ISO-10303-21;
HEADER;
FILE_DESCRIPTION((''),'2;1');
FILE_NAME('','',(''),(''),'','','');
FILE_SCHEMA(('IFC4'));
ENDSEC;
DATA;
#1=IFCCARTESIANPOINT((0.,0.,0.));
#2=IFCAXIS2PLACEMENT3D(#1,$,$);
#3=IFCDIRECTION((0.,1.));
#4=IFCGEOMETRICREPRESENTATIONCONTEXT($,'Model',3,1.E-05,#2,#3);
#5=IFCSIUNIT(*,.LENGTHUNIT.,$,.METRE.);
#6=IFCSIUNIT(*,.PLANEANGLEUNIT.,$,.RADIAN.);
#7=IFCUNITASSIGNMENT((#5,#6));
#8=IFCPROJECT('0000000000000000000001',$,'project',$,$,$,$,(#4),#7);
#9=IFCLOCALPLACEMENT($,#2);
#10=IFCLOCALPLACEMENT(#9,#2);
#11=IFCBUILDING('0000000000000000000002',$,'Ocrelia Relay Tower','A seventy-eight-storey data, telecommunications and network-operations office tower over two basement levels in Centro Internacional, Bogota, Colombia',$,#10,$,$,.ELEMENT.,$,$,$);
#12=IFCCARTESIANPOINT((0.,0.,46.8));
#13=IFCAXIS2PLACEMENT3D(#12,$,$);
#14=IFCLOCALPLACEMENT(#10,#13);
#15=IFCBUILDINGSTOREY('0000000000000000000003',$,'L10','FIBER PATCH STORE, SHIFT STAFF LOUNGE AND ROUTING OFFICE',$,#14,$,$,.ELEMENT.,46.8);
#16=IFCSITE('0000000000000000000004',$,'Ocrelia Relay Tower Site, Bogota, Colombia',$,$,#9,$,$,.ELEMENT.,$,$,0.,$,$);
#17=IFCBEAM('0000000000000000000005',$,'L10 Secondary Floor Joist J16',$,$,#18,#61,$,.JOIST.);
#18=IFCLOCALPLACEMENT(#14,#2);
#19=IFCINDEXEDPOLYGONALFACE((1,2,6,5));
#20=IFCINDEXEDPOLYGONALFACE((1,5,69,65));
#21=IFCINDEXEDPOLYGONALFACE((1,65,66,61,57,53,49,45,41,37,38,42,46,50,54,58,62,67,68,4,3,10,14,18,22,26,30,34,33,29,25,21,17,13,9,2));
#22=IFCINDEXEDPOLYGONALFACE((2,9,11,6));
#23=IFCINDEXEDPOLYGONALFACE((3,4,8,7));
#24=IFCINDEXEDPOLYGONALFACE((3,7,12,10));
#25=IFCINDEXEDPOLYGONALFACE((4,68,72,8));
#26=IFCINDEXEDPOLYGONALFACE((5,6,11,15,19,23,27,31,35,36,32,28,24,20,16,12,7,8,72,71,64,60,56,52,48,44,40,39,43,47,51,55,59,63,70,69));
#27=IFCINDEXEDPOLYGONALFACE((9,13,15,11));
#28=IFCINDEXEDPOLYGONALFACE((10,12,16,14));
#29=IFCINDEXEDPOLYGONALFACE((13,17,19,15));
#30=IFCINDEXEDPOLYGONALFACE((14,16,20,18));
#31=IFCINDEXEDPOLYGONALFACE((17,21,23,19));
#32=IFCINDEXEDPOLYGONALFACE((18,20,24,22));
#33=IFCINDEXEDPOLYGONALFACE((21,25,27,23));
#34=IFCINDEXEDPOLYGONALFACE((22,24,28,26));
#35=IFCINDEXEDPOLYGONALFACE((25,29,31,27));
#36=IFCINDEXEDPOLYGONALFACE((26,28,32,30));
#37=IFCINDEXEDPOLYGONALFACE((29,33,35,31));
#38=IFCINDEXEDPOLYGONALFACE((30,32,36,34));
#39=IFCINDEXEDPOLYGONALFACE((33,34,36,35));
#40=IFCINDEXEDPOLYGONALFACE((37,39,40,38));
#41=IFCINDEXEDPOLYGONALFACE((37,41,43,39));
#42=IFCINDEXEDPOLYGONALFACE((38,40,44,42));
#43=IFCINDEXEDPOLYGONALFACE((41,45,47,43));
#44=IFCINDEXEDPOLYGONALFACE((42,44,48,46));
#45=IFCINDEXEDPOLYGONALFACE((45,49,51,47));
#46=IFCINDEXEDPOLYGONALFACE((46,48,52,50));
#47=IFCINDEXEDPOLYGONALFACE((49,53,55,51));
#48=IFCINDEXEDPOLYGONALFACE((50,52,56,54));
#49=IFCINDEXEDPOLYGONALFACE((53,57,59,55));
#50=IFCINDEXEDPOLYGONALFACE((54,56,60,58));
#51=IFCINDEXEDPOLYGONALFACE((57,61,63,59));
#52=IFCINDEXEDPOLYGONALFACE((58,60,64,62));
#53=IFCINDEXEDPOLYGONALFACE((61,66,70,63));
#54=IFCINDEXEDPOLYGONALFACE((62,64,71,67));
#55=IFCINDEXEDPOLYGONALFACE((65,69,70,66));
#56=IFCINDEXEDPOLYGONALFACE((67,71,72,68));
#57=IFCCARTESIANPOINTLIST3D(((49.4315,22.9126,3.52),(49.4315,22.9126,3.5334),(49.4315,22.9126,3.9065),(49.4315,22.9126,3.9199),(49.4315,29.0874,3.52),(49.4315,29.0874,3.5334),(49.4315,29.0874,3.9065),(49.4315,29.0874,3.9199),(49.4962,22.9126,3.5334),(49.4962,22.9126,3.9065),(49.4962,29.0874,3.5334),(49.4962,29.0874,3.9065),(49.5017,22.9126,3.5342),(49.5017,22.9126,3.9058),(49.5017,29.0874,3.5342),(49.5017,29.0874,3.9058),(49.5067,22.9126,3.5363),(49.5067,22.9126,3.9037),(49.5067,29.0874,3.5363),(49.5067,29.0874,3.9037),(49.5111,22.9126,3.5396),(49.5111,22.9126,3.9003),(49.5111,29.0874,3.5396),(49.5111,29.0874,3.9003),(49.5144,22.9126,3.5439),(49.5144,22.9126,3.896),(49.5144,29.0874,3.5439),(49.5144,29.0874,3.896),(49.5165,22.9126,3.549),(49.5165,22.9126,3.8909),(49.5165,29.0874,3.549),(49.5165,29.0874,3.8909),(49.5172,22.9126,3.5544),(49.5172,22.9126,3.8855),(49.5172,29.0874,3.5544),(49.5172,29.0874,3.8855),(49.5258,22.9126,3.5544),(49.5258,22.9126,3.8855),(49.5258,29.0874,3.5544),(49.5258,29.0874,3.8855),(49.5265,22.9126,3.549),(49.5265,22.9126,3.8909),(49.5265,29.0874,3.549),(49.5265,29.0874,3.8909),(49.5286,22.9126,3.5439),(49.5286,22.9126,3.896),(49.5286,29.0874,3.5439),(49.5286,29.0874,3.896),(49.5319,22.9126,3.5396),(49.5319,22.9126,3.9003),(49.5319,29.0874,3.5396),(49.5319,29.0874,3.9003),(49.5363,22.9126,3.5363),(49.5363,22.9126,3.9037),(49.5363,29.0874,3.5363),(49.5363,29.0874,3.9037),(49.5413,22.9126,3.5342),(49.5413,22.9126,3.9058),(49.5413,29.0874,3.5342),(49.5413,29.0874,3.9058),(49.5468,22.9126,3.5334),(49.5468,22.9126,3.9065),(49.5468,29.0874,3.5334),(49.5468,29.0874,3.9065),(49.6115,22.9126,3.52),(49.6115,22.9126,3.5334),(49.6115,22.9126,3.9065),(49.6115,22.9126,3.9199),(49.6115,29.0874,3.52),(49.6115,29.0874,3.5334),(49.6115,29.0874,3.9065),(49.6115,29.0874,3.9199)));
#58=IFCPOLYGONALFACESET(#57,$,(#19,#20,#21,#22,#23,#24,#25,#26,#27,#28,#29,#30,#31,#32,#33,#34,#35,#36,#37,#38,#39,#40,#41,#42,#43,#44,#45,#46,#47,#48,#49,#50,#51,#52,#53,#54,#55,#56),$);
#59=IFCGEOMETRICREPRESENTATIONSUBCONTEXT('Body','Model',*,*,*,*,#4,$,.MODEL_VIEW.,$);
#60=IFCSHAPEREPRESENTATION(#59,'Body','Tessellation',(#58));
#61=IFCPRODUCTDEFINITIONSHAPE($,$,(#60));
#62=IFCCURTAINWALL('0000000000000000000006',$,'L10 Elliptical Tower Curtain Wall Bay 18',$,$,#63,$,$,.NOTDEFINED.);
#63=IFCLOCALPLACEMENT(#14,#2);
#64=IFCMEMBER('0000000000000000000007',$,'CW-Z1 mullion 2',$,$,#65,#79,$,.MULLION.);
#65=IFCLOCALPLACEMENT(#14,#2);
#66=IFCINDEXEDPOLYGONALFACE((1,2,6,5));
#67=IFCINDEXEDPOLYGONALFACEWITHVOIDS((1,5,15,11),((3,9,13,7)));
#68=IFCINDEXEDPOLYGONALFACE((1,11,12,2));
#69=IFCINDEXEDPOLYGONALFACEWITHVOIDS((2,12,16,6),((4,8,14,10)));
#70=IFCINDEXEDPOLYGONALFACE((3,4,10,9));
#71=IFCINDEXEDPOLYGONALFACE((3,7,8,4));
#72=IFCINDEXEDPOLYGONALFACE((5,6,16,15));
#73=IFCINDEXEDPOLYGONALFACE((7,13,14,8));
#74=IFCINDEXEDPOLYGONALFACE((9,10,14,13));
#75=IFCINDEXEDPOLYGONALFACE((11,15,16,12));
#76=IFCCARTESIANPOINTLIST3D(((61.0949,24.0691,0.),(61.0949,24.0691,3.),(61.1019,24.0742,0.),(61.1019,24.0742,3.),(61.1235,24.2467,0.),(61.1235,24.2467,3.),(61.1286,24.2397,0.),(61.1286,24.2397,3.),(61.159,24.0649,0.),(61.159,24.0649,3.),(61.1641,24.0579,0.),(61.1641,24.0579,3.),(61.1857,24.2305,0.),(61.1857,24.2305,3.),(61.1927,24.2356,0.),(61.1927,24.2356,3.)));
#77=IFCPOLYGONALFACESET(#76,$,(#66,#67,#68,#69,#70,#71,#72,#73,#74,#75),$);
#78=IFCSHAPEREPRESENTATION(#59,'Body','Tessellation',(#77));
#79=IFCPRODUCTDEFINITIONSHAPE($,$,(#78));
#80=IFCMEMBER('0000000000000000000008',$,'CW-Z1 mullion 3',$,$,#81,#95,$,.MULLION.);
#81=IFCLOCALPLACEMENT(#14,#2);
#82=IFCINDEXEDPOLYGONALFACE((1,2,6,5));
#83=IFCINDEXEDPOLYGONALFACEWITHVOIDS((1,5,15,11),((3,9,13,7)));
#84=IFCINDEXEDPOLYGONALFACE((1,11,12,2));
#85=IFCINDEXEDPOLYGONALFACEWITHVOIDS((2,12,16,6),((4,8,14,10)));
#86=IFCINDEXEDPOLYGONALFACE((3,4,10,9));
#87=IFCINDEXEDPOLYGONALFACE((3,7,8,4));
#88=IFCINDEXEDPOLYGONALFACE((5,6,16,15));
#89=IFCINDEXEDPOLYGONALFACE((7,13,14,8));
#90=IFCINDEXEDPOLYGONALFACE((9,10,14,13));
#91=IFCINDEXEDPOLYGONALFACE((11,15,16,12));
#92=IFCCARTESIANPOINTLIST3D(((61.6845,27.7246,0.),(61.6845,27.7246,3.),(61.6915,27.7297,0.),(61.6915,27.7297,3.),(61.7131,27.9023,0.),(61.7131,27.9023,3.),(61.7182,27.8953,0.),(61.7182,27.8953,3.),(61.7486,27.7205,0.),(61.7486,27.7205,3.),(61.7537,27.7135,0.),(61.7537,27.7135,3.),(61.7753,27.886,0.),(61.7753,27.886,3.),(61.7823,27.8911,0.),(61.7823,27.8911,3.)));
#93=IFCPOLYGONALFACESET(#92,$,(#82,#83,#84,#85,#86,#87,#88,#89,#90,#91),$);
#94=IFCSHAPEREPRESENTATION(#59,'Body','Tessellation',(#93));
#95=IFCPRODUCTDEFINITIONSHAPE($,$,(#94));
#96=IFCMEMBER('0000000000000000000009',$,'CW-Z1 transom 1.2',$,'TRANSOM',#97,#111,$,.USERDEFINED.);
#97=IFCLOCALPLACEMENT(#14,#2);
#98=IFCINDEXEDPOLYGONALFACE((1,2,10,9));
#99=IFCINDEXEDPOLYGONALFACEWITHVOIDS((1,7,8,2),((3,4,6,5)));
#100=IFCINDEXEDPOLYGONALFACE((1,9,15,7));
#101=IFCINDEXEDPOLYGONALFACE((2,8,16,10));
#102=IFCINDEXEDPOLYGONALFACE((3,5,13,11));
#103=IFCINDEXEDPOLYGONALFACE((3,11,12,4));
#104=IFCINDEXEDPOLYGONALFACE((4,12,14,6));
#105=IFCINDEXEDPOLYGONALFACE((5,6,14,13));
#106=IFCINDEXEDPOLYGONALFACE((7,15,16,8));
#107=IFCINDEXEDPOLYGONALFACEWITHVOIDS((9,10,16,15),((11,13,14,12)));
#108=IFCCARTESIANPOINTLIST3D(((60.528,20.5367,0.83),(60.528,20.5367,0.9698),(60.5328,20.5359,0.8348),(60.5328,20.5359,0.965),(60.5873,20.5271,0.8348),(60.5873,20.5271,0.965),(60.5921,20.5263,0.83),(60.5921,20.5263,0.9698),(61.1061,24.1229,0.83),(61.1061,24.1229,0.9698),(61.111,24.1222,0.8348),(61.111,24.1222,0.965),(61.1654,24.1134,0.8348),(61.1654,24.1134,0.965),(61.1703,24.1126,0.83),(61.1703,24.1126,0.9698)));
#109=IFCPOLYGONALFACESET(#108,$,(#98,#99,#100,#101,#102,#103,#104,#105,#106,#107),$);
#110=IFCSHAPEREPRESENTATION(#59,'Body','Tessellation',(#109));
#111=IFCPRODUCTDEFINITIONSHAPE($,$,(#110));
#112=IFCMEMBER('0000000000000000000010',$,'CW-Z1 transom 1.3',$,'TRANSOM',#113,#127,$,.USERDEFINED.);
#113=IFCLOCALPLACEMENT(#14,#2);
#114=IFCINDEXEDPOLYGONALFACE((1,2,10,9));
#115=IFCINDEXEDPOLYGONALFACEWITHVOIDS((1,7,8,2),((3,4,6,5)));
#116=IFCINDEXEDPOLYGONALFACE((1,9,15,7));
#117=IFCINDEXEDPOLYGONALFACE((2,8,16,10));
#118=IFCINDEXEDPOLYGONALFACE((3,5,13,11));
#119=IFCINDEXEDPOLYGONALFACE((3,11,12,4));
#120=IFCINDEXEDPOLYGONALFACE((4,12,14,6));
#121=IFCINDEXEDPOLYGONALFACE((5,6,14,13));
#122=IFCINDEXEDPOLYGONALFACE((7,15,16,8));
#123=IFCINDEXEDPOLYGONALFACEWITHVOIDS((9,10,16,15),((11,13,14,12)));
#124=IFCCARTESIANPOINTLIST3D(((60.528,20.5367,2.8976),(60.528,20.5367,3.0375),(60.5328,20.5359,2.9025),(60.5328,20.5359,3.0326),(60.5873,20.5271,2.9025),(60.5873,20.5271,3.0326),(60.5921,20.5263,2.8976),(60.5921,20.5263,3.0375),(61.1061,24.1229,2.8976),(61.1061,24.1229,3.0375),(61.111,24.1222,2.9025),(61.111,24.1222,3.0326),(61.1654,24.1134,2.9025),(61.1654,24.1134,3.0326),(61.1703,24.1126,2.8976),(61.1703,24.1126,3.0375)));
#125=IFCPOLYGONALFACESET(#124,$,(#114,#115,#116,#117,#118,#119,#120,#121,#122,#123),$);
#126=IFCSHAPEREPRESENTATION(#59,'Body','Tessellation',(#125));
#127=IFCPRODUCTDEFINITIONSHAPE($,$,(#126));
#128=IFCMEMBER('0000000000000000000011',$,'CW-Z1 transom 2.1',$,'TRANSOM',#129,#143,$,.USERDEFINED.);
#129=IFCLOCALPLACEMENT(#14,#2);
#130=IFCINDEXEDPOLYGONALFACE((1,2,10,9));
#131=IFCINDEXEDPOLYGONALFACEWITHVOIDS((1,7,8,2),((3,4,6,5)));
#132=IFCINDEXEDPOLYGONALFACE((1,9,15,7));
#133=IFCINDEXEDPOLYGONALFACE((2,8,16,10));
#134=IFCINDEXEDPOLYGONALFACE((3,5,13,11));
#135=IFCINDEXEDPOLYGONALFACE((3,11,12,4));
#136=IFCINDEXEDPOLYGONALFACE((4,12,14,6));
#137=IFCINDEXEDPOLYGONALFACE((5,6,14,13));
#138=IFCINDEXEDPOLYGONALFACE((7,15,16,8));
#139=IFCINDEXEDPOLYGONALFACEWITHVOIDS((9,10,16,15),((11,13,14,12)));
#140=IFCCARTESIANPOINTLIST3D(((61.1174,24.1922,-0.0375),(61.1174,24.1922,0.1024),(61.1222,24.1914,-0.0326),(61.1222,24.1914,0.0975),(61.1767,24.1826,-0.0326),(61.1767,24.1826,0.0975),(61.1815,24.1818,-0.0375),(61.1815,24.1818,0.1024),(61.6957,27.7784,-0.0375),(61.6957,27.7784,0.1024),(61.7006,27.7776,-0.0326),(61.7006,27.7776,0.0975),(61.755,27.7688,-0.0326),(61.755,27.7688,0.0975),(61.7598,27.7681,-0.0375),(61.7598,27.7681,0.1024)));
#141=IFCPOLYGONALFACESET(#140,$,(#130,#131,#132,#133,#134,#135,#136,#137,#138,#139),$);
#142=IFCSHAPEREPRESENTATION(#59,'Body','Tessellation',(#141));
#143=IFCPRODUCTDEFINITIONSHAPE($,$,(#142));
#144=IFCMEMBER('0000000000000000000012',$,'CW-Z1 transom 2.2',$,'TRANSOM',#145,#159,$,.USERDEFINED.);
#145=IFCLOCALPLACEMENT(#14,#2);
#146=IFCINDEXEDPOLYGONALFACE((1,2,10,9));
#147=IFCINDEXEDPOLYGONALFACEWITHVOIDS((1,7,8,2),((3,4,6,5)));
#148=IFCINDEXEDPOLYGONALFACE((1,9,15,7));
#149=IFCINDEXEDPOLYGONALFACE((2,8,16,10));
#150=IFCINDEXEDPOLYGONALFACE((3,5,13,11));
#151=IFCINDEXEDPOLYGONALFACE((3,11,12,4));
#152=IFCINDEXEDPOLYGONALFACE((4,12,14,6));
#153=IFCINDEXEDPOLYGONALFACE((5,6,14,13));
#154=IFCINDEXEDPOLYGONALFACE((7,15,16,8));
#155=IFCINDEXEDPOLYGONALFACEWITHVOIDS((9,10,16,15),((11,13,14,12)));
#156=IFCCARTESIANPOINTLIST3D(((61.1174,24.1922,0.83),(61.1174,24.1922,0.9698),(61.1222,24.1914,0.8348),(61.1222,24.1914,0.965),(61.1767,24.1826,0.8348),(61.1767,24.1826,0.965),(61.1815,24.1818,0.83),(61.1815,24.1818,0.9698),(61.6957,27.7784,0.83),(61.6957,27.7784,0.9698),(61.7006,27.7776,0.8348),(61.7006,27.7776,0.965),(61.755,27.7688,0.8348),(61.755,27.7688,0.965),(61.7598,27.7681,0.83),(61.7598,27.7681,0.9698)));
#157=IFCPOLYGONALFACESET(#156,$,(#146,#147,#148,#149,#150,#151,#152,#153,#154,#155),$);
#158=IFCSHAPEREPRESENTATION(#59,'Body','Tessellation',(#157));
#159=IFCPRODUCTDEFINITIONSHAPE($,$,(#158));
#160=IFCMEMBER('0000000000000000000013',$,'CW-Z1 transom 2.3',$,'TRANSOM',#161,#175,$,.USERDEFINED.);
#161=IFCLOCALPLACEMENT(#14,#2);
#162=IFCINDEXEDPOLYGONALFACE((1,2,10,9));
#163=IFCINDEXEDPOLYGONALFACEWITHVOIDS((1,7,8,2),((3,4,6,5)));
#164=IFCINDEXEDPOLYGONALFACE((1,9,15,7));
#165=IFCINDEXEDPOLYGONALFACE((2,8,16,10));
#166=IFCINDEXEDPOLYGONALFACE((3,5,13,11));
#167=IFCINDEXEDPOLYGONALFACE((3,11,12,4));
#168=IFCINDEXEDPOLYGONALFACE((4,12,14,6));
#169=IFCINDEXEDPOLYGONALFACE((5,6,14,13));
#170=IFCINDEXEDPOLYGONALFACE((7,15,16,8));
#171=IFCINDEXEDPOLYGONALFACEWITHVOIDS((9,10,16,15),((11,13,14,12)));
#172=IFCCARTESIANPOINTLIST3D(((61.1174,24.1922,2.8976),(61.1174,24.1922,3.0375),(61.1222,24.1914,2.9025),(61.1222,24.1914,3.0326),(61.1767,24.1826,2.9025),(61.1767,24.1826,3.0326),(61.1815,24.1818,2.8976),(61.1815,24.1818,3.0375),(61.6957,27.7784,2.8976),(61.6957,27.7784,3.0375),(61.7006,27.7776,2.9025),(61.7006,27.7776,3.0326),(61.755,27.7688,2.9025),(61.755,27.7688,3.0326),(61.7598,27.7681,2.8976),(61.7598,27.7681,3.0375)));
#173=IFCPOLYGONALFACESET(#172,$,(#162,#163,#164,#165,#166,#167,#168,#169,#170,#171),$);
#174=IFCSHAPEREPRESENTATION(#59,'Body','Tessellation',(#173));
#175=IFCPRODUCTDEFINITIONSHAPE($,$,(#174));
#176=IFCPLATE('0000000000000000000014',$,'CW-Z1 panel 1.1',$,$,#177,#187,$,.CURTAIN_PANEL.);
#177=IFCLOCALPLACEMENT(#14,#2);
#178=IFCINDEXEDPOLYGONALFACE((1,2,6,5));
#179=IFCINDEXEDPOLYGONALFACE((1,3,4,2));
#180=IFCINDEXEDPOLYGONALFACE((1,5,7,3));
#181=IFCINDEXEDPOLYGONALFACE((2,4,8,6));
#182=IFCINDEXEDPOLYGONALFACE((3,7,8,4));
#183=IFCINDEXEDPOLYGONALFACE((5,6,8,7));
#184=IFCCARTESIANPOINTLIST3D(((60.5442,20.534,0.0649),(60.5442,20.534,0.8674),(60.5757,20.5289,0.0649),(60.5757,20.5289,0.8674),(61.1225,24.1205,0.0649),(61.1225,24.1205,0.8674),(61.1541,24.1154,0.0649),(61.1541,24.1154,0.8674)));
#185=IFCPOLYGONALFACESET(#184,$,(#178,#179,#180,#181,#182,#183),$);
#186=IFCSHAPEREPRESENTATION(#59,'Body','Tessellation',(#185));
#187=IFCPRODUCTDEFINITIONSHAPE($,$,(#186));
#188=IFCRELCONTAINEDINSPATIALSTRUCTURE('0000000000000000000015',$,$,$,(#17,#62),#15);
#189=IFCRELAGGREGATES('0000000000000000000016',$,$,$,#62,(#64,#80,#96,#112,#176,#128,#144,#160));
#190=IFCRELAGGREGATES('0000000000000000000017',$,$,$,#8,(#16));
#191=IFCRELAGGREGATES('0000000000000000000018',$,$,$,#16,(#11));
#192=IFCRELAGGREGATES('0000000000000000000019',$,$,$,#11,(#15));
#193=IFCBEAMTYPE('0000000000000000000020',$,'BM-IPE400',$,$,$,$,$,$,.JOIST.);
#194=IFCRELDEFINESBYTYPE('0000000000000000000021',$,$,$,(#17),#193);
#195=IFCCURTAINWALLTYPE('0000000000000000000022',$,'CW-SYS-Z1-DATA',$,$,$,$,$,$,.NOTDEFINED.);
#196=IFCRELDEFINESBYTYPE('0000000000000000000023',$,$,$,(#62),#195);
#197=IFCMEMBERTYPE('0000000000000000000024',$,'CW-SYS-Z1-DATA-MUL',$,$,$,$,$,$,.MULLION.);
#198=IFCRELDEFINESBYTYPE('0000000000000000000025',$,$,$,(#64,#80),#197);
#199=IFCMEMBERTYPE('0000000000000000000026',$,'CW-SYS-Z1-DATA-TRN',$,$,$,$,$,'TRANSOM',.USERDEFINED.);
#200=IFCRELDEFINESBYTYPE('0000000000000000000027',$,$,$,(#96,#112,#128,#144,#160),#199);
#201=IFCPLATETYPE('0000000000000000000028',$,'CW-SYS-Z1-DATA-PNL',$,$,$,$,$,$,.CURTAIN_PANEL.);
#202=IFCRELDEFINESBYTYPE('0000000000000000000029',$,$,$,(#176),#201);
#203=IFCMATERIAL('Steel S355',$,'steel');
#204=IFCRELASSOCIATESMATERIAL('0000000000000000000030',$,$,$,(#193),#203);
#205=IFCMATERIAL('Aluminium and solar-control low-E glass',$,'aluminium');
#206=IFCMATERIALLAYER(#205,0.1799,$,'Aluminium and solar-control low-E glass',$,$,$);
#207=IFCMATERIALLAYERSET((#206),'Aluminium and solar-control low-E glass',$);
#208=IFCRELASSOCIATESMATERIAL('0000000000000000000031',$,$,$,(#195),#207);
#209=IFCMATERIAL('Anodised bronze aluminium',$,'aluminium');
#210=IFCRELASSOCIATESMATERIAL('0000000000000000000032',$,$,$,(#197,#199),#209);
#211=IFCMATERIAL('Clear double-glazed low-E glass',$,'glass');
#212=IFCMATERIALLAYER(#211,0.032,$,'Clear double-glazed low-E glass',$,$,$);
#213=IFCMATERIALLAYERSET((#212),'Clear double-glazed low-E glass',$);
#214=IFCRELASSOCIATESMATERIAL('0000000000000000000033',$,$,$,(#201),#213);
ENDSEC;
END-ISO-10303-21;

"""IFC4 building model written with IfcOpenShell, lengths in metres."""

from ifc_helpers import new_model, si_unit, direction, frame, origin, origin_2d, place, context, subcontext, project, spatial, rectangle, hollow_rectangle, i_section, extrude, material, layer, layer_set, material_profile, profile_set, type_object, element, aggregate, save


model = new_model("IFC4")

# Units and contexts
model_context = context("Model", 3, precision=1e-05, world=origin(), true_north=direction((0.0, 1.0)))
body_context = subcontext(model_context, "Body", "Model", "MODEL_VIEW")
ifc_project = project(units=[si_unit("LENGTHUNIT", "METRE"), si_unit("PLANEANGLEUNIT", "RADIAN")], contexts=[model_context])

# Site, building, storey
site_placement = place(None, origin())
site = spatial("IfcSite", under=ifc_project, at=site_placement, Name="Ocrelia Relay Tower Site, Bogota, Colombia", CompositionType="ELEMENT", RefElevation=0.0)
building_placement = place(site_placement, origin())
building = spatial("IfcBuilding", under=site, at=building_placement, Name="Ocrelia Relay Tower", Description="A seventy-eight-storey data, telecommunications and network-operations office tower over two basement levels in Centro Internacional, Bogota, Colombia", CompositionType="ELEMENT")
storey_placement = place(building_placement, frame((0.0, 0.0, 46.8)))
storey = spatial("IfcBuildingStorey", under=building, at=storey_placement, Name="L10", Description="FIBER PATCH STORE, SHIFT STAFF LOUNGE AND ROUTING OFFICE", CompositionType="ELEMENT", Elevation=46.8)

# Beam
ifc_material_1 = material(Name="Steel S355", Category="steel")
ifc_material_profile_1 = material_profile(ifc_material_1, i_section(OverallWidth=0.1799, OverallDepth=0.3999, WebThickness=0.0085, FlangeThickness=0.0134, FilletRadius=0.021, at=origin_2d()), Name="IPE 400")
ifc_profile_set_1 = profile_set([ifc_material_profile_1], Name="Steel S355")
beam_type_1 = type_object("IfcBeamType", Name="BM-IPE400", PredefinedType="JOIST", material=ifc_profile_set_1)
beam_1_placement = place(storey_placement, frame((49.5215, 22.9126, 3.72), z_axis=(0.0, 1.0, 0.0), x_axis=(-1.0, 0.0, 0.0)))
element("IfcBeam", 1, at=beam_1_placement, inside=storey, type_object=beam_type_1, Name="L10 Secondary Floor Joist J16", PredefinedType="JOIST", context=body_context, shape_type="SweptSolid", body=[
    extrude(i_section(OverallWidth=0.1799, OverallDepth=0.3999, WebThickness=0.0085, FlangeThickness=0.0134, FilletRadius=0.021, at=origin_2d()), origin(), (0.0, 0.0, 1.0), 6.1748),
])

# Curtain wall, members, plate
ifc_material_2 = material(Name="Aluminium and solar-control low-E glass", Category="aluminium")
ifc_layer_1 = layer(ifc_material_2, 0.1799, Name="Aluminium and solar-control low-E glass")
ifc_layer_set_1 = layer_set([ifc_layer_1], Name="Aluminium and solar-control low-E glass")
curtain_wall_type = type_object("IfcCurtainWallType", Name="CW-SYS-Z1-DATA", PredefinedType="NOTDEFINED", material=ifc_layer_set_1)
curtain_wall_placement = place(storey_placement, origin())
curtain_wall = element("IfcCurtainWall", 2, at=curtain_wall_placement, inside=storey, type_object=curtain_wall_type, Name="L10 Elliptical Tower Curtain Wall Bay 18", PredefinedType="NOTDEFINED")
ifc_material_3 = material(Name="Anodised bronze aluminium", Category="aluminium")
ifc_material_profile_2 = material_profile(ifc_material_3, hollow_rectangle(XDim=0.0701, YDim=0.1799, WallThickness=0.0061, at=origin_2d()), Name="CW-MUL-180x70")
ifc_profile_set_2 = profile_set([ifc_material_profile_2], Name="Anodised bronze aluminium")
member_type_1 = type_object("IfcMemberType", Name="CW-SYS-Z1-DATA-MUL", PredefinedType="MULLION", material=ifc_profile_set_2)
member_1_placement = place(storey_placement, frame((61.1438, 24.1523, 0.0), z_axis=(0.0, 0.0, 1.0), x_axis=(-0.987246, 0.159201, 0.0)))
member_1 = element("IfcMember", 3, at=member_1_placement, type_object=member_type_1, Name="CW-Z1 mullion 2", PredefinedType="MULLION", context=body_context, shape_type="SweptSolid", body=[
    extrude(hollow_rectangle(XDim=0.0701, YDim=0.1799, WallThickness=0.0061, at=origin_2d()), origin(), (0.0, 0.0, 1.0), 3.0),
])
member_2_placement = place(storey_placement, frame((61.7334, 27.8079, 0.0), z_axis=(0.0, 0.0, 1.0), x_axis=(-0.987246, 0.159201, 0.0)))
member_2 = element("IfcMember", 4, at=member_2_placement, type_object=member_type_1, Name="CW-Z1 mullion 3", PredefinedType="MULLION", context=body_context, shape_type="SweptSolid", body=[
    extrude(hollow_rectangle(XDim=0.0701, YDim=0.1799, WallThickness=0.0061, at=origin_2d()), origin(), (0.0, 0.0, 1.0), 3.0),
])
ifc_material_profile_3 = material_profile(ifc_material_3, hollow_rectangle(XDim=0.0649, YDim=0.1399, WallThickness=0.0049, at=origin_2d()), Name="CW-TRN-140x65")
ifc_profile_set_3 = profile_set([ifc_material_profile_3], Name="Anodised bronze aluminium")
member_type_2 = type_object("IfcMemberType", Name="CW-SYS-Z1-DATA-TRN", ElementType="TRANSOM", PredefinedType="USERDEFINED", material=ifc_profile_set_3)
member_3_placement = place(storey_placement, frame((60.5601, 20.5315, 0.8999), z_axis=(0.159154, 0.987254, 0.0), x_axis=(-0.987254, 0.159154, 0.0)))
member_3 = element("IfcMember", 5, at=member_3_placement, type_object=member_type_2, Name="CW-Z1 transom 1.2", ObjectType="TRANSOM", PredefinedType="USERDEFINED", context=body_context, shape_type="SweptSolid", body=[
    extrude(hollow_rectangle(XDim=0.0649, YDim=0.1399, WallThickness=0.0049, at=origin_2d()), origin(), (0.0, 0.0, 1.0), 3.6326),
])
member_4_placement = place(storey_placement, frame((60.5601, 20.5315, 2.9675), z_axis=(0.159154, 0.987254, 0.0), x_axis=(-0.987254, 0.159154, 0.0)))
member_4 = element("IfcMember", 6, at=member_4_placement, type_object=member_type_2, Name="CW-Z1 transom 1.3", ObjectType="TRANSOM", PredefinedType="USERDEFINED", context=body_context, shape_type="SweptSolid", body=[
    extrude(hollow_rectangle(XDim=0.0649, YDim=0.1399, WallThickness=0.0049, at=origin_2d()), origin(), (0.0, 0.0, 1.0), 3.6326),
])
member_5_placement = place(storey_placement, frame((61.1494, 24.187, 0.0325), z_axis=(0.15922, 0.987243, 0.0), x_axis=(-0.987243, 0.15922, 0.0)))
member_5 = element("IfcMember", 7, at=member_5_placement, type_object=member_type_2, Name="CW-Z1 transom 2.1", ObjectType="TRANSOM", PredefinedType="USERDEFINED", context=body_context, shape_type="SweptSolid", body=[
    extrude(hollow_rectangle(XDim=0.0649, YDim=0.1399, WallThickness=0.0049, at=origin_2d()), origin(), (0.0, 0.0, 1.0), 3.6326),
])
member_6_placement = place(storey_placement, frame((61.1494, 24.187, 0.8999), z_axis=(0.15922, 0.987243, 0.0), x_axis=(-0.987243, 0.15922, 0.0)))
member_6 = element("IfcMember", 8, at=member_6_placement, type_object=member_type_2, Name="CW-Z1 transom 2.2", ObjectType="TRANSOM", PredefinedType="USERDEFINED", context=body_context, shape_type="SweptSolid", body=[
    extrude(hollow_rectangle(XDim=0.0649, YDim=0.1399, WallThickness=0.0049, at=origin_2d()), origin(), (0.0, 0.0, 1.0), 3.6326),
])
member_7_placement = place(storey_placement, frame((61.1494, 24.187, 2.9675), z_axis=(0.15922, 0.987243, 0.0), x_axis=(-0.987243, 0.15922, 0.0)))
member_7 = element("IfcMember", 9, at=member_7_placement, type_object=member_type_2, Name="CW-Z1 transom 2.3", ObjectType="TRANSOM", PredefinedType="USERDEFINED", context=body_context, shape_type="SweptSolid", body=[
    extrude(hollow_rectangle(XDim=0.0649, YDim=0.1399, WallThickness=0.0049, at=origin_2d()), origin(), (0.0, 0.0, 1.0), 3.6326),
])
ifc_material_4 = material(Name="Clear double-glazed low-E glass", Category="glass")
ifc_layer_2 = layer(ifc_material_4, 0.032, Name="Clear double-glazed low-E glass")
ifc_layer_set_2 = layer_set([ifc_layer_2], Name="Clear double-glazed low-E glass")
plate_type = type_object("IfcPlateType", Name="CW-SYS-Z1-DATA-PNL", PredefinedType="CURTAIN_PANEL", material=ifc_layer_set_2)
plate_1_placement = place(storey_placement, frame((60.8491, 22.3247, 0.0649), z_axis=(0.0, 0.0, 1.0), x_axis=(0.159201, 0.987246, 0.0)))
plate_1 = element("IfcPlate", 10, at=plate_1_placement, type_object=plate_type, Name="CW-Z1 panel 1.1", PredefinedType="CURTAIN_PANEL", context=body_context, shape_type="SweptSolid", body=[
    extrude(rectangle(XDim=3.6328, YDim=0.032, at=origin_2d()), origin(), (0.0, 0.0, 1.0), 0.8025),
])
aggregate(curtain_wall, [member_1, member_2, member_3, member_4, plate_1, member_5, member_6, member_7])

save(model, "model.ifc")
